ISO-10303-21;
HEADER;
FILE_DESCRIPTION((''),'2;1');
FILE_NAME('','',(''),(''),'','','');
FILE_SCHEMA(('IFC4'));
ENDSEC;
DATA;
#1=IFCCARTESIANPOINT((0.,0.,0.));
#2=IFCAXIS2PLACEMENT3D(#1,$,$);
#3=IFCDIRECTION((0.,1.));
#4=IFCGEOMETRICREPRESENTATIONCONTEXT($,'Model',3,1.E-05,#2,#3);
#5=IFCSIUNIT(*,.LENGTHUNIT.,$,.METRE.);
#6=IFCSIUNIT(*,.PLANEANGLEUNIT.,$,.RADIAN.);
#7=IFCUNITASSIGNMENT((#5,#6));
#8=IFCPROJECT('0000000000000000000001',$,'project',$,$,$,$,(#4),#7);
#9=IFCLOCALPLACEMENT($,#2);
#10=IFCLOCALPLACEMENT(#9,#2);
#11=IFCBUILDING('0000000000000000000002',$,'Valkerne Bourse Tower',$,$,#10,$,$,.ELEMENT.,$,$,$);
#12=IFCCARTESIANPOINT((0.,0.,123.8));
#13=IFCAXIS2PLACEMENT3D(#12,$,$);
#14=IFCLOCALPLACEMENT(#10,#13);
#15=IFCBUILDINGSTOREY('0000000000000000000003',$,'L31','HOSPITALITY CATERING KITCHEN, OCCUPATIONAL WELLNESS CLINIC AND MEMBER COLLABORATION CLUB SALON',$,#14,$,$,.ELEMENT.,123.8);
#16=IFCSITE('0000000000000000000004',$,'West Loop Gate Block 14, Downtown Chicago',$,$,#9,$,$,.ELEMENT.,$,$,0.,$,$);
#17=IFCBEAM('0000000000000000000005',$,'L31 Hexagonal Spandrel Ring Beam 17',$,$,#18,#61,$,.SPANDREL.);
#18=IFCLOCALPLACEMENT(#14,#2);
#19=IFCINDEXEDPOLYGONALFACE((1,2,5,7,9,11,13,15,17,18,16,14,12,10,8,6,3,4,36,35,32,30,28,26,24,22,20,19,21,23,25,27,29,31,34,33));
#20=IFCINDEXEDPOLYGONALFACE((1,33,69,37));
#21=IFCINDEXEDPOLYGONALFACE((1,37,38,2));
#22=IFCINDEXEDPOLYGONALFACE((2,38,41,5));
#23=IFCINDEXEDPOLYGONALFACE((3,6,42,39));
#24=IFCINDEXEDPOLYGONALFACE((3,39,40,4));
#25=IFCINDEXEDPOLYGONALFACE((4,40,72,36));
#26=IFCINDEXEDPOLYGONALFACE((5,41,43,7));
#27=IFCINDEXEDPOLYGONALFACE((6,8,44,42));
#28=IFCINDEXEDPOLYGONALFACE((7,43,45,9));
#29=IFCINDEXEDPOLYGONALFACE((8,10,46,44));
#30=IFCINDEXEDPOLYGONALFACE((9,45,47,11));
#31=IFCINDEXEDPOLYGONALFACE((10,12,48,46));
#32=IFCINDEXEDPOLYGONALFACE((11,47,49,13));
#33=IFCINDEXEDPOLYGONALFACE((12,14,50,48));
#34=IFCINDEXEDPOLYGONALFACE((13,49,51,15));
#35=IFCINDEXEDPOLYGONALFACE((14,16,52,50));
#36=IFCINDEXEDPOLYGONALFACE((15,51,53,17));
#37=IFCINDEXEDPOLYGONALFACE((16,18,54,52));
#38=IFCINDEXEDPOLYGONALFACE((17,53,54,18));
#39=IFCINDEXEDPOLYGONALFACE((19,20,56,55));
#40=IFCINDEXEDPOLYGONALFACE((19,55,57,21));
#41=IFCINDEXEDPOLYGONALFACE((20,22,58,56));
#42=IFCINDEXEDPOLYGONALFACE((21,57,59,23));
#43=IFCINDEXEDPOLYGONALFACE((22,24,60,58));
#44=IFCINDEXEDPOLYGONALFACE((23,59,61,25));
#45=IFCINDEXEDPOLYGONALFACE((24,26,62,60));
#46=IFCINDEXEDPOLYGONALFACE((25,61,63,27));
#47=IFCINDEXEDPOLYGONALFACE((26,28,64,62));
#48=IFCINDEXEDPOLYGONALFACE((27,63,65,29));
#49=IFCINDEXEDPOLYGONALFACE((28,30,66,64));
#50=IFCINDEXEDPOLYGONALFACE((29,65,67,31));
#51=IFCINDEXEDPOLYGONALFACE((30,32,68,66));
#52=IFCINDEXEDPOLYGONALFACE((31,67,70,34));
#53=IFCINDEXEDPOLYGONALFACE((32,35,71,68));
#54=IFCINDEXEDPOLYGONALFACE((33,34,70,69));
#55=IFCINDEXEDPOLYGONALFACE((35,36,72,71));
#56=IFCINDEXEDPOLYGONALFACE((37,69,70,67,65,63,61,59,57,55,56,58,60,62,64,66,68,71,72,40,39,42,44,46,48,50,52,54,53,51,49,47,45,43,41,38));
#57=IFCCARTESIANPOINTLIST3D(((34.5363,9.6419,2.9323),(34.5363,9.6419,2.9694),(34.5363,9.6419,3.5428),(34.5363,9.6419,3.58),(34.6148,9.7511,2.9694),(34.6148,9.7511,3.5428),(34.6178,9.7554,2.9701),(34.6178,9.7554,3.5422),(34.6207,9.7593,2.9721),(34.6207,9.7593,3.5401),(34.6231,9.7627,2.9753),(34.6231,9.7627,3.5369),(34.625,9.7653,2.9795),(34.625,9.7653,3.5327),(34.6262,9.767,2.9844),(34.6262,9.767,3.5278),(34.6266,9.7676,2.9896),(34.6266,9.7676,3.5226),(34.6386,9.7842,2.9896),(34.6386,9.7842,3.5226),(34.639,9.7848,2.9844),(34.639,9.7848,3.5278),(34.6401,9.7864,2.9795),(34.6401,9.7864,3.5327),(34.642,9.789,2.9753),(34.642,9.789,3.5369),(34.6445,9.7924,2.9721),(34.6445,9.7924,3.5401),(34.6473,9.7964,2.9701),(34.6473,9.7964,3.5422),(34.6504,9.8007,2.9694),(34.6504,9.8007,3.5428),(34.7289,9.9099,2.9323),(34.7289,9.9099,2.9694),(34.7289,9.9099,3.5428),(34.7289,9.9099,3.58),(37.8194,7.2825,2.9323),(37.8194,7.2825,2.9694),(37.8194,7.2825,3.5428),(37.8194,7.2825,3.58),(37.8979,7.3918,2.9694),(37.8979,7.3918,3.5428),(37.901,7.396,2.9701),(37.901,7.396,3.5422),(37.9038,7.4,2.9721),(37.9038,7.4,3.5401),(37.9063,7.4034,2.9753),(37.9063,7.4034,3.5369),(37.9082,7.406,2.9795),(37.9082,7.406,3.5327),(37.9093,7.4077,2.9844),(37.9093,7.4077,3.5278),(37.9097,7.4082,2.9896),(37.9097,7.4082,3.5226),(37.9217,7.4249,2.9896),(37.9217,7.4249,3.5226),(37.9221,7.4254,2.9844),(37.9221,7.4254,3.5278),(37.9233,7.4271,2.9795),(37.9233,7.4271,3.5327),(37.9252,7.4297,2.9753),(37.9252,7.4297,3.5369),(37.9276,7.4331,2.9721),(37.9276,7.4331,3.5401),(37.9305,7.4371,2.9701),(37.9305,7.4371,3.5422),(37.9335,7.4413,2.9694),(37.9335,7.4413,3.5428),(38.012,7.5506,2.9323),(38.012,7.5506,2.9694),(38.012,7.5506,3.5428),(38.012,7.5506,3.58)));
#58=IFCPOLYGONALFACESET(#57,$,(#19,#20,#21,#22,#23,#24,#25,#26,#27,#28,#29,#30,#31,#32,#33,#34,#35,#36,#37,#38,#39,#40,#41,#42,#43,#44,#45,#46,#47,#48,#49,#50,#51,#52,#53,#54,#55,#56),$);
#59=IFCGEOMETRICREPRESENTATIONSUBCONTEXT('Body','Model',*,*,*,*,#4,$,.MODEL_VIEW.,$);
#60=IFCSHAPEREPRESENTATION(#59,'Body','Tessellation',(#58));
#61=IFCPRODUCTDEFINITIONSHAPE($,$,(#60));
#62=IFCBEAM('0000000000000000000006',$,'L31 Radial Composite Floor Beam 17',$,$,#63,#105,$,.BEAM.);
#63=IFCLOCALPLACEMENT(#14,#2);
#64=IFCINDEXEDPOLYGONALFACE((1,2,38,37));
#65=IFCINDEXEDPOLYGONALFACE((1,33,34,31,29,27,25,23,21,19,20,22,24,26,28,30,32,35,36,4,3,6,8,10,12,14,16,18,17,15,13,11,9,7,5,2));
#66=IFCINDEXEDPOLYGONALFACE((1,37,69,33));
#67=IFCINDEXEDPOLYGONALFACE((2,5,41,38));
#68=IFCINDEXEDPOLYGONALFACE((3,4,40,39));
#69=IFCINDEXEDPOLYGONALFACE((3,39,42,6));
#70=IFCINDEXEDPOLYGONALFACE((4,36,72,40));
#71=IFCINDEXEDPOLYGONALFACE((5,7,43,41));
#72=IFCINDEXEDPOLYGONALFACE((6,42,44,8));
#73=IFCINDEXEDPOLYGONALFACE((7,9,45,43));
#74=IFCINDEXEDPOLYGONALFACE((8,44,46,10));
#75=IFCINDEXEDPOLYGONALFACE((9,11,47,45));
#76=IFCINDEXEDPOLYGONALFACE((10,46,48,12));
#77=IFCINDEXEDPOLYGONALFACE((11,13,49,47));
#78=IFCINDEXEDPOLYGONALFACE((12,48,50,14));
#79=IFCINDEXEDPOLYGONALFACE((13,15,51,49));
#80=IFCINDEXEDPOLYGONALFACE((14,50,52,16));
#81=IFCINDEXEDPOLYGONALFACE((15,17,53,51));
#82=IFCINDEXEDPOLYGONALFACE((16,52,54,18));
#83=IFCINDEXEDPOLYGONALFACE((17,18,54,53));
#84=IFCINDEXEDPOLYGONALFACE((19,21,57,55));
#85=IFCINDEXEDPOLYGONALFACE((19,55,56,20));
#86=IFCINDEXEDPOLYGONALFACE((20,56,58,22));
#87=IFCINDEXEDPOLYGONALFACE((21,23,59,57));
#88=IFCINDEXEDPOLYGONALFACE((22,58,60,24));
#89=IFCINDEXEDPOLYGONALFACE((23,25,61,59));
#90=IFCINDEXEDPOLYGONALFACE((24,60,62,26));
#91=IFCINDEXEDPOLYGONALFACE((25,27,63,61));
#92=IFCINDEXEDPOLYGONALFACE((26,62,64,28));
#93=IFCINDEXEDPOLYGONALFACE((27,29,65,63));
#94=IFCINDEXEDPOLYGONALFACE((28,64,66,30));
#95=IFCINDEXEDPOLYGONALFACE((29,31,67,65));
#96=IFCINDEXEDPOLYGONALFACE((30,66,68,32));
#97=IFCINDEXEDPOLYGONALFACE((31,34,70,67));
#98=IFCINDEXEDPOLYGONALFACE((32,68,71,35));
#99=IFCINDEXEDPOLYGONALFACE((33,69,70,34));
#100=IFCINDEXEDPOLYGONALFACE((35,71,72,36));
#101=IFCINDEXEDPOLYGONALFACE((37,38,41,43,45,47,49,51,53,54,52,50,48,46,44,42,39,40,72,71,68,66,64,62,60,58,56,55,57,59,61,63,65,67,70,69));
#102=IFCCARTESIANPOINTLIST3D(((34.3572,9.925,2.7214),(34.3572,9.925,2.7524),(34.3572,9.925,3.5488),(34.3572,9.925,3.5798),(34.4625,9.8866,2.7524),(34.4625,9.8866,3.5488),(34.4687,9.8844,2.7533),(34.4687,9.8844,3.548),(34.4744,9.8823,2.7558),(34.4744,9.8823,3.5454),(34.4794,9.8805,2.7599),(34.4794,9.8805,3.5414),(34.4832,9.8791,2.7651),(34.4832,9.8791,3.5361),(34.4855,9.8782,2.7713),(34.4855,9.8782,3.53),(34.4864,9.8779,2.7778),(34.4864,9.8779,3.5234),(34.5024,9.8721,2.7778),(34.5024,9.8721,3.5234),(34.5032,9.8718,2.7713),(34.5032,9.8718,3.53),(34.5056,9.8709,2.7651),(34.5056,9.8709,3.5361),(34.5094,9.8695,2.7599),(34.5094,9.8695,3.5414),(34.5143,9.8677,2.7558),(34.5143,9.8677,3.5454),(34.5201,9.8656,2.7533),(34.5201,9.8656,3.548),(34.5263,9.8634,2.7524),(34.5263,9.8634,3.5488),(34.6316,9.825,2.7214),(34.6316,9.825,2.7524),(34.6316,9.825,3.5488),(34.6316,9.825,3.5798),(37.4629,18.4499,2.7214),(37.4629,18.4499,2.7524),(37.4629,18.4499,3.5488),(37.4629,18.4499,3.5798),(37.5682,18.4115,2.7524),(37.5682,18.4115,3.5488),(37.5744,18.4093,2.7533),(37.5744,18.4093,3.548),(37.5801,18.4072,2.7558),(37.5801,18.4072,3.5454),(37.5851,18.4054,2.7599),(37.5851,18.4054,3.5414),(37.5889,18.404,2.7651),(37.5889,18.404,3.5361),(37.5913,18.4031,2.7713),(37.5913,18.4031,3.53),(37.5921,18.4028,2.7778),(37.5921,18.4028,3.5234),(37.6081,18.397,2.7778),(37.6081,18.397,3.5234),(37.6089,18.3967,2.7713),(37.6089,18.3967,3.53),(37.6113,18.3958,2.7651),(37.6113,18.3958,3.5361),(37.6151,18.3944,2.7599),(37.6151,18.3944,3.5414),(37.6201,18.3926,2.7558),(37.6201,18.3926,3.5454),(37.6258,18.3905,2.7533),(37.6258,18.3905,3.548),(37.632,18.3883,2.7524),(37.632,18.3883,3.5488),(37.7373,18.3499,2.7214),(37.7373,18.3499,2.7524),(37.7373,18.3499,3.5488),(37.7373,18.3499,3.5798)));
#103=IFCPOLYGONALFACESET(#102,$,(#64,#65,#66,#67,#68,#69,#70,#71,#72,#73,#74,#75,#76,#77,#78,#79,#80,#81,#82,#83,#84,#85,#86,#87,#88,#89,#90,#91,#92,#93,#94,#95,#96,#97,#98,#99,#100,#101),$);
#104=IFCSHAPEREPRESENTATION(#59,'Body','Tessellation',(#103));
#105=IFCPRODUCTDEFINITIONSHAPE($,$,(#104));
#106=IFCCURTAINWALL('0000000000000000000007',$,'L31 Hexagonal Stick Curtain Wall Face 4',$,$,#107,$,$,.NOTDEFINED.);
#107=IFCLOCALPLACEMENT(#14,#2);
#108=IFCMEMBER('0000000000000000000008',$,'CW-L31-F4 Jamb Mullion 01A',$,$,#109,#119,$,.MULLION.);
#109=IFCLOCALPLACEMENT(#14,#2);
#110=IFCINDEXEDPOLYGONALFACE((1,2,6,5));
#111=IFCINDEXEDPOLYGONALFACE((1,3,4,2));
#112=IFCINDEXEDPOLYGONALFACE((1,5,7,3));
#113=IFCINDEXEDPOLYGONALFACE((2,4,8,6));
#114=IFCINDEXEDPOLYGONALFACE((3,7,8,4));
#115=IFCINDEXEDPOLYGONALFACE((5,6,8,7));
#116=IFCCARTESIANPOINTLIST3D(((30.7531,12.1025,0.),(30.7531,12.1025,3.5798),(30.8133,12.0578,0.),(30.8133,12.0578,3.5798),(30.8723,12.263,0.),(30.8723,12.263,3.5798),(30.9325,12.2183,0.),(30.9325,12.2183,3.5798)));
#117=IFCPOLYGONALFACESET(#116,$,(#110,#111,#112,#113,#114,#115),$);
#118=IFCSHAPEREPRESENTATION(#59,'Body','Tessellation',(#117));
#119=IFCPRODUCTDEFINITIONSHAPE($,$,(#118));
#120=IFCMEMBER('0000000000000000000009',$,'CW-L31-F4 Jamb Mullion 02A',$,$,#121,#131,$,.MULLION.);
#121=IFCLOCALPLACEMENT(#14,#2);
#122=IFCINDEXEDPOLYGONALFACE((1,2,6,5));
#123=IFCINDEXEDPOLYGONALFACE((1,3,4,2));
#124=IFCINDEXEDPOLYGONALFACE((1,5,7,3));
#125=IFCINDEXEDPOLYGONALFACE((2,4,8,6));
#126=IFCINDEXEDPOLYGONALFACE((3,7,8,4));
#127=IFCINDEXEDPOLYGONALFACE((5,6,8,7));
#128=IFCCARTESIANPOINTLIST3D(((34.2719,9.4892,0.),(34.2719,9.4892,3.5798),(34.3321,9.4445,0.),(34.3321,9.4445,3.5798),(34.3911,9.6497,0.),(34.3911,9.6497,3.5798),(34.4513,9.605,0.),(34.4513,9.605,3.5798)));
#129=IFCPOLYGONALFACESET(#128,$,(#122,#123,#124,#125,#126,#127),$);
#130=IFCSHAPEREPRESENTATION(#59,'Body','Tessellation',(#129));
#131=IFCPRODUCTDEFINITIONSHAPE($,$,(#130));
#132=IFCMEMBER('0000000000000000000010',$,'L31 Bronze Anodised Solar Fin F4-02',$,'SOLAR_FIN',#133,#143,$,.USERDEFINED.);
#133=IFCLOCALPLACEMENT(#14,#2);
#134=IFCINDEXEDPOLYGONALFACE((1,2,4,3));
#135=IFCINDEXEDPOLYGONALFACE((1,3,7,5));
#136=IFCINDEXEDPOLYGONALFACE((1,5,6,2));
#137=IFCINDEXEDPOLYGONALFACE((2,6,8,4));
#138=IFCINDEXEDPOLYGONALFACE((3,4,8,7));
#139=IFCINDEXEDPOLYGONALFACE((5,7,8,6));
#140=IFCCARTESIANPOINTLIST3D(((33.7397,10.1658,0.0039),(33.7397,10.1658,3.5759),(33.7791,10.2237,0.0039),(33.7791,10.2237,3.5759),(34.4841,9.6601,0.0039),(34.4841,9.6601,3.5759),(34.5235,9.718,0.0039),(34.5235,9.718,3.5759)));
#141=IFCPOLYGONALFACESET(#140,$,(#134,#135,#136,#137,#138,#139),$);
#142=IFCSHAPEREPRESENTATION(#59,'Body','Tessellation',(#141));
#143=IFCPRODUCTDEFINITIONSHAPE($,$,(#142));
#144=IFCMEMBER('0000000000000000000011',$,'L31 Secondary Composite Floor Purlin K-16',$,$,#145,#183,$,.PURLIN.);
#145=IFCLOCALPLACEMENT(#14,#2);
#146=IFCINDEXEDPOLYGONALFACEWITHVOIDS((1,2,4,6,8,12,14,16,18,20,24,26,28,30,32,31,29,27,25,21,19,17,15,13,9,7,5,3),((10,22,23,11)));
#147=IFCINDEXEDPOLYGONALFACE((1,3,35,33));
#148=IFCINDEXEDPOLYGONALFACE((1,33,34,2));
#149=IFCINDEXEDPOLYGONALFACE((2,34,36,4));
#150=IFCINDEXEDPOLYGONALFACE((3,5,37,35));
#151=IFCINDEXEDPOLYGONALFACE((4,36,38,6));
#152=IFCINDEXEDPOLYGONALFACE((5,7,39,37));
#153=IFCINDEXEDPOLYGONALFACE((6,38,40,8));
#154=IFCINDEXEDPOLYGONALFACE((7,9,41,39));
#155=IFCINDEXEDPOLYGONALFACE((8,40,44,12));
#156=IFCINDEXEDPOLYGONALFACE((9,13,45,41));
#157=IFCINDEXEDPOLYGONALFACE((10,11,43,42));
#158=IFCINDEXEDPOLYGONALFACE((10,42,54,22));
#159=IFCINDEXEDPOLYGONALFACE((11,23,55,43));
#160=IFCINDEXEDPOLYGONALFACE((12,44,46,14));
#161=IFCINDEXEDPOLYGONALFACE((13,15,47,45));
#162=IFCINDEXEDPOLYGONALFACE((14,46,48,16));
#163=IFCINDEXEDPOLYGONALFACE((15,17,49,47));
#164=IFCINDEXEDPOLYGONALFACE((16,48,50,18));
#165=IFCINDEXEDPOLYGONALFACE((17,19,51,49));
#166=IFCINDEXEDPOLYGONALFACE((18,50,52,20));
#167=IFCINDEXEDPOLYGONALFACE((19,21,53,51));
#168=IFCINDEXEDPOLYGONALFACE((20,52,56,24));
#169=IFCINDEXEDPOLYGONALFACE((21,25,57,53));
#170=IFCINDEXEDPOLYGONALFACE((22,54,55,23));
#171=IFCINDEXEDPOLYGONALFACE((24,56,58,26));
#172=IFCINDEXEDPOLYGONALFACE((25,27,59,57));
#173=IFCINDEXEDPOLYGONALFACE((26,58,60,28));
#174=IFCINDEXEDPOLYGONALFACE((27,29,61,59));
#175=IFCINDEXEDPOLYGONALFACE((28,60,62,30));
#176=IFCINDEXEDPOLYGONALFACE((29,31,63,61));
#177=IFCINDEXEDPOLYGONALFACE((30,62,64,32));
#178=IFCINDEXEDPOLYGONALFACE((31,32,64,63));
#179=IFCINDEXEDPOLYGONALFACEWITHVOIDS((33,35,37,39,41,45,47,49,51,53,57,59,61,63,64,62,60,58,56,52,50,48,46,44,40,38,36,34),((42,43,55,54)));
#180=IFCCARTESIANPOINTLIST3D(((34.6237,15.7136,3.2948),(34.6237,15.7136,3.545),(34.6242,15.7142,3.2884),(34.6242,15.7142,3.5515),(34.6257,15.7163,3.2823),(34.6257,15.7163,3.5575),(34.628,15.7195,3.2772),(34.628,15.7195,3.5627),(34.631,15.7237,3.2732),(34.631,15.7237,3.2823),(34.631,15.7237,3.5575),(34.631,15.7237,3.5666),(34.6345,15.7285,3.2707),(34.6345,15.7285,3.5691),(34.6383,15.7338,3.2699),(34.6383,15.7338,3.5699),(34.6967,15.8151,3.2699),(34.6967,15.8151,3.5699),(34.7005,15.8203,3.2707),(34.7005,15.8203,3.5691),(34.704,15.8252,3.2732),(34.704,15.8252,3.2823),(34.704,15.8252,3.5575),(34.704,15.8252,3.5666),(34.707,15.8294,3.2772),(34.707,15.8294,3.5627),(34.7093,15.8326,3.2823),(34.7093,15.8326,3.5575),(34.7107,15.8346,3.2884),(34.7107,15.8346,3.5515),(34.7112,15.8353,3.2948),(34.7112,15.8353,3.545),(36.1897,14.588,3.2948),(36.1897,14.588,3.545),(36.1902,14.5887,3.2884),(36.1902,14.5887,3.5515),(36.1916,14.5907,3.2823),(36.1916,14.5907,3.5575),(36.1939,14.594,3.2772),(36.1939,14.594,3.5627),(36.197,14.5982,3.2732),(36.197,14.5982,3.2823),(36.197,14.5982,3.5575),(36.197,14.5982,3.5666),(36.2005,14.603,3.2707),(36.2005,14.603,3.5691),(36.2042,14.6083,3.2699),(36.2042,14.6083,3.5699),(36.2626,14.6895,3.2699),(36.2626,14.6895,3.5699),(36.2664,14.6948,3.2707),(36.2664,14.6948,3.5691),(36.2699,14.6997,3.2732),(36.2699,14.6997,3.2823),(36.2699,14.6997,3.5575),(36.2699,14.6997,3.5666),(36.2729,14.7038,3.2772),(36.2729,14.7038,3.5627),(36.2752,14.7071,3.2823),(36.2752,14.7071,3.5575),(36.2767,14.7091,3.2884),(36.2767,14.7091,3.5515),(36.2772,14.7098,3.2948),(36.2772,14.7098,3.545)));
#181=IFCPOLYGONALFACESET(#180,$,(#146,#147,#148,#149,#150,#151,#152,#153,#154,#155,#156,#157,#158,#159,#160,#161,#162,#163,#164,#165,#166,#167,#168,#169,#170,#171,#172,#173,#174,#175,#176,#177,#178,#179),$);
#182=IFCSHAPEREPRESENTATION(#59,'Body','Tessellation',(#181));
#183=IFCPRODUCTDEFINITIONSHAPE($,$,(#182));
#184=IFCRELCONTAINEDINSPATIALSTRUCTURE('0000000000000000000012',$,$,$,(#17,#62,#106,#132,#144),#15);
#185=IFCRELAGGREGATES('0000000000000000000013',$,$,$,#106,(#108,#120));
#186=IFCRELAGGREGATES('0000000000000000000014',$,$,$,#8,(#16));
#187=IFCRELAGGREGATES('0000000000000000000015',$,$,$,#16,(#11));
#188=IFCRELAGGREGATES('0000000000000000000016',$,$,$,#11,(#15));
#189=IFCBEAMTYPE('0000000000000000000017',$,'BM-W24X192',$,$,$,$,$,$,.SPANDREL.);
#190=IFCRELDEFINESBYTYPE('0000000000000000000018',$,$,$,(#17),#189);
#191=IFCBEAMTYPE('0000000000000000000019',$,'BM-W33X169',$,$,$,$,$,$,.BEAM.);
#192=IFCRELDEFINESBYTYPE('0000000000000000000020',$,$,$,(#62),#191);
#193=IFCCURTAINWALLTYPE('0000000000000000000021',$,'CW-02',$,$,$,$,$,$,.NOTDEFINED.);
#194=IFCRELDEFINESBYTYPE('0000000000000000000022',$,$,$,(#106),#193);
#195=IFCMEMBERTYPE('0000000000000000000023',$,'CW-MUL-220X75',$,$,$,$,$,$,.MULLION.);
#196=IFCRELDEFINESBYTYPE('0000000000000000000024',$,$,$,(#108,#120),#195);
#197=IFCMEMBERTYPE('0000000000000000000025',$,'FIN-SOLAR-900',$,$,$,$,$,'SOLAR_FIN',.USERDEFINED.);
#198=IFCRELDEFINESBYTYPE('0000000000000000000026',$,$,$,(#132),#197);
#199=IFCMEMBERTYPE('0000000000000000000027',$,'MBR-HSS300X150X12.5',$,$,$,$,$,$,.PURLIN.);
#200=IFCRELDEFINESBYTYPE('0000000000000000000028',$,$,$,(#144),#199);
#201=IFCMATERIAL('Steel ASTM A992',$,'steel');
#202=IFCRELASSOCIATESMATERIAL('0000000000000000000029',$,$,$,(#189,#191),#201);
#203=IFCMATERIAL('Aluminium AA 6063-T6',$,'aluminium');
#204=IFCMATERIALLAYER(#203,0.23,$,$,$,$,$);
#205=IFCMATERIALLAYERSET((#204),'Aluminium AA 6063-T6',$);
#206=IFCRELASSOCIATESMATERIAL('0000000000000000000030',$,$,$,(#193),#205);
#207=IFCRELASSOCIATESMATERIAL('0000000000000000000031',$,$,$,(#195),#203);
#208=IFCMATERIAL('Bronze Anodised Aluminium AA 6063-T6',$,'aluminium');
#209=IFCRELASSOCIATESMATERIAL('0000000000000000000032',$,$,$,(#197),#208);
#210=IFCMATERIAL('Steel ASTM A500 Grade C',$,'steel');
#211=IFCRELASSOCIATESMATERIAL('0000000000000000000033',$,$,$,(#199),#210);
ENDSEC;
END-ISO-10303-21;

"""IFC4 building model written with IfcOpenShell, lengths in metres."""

from ifc_helpers import new_model, si_unit, direction, frame, origin, origin_2d, place, context, subcontext, project, spatial, rectangle, hollow_rectangle, i_section, extrude, material, layer, layer_set, material_profile, profile_set, type_object, element, aggregate, save


model = new_model("IFC4")

# Units and contexts
model_context = context("Model", 3, precision=1e-05, world=origin(), true_north=direction((0.0, 1.0)))
body_context = subcontext(model_context, "Body", "Model", "MODEL_VIEW")
ifc_project = project(units=[si_unit("LENGTHUNIT", "METRE"), si_unit("PLANEANGLEUNIT", "RADIAN")], contexts=[model_context])

# Site, building, storey
site_placement = place(None, origin())
site = spatial("IfcSite", under=ifc_project, at=site_placement, Name="West Loop Gate Block 14, Downtown Chicago", CompositionType="ELEMENT", RefElevation=0.0)
building_placement = place(site_placement, origin())
building = spatial("IfcBuilding", under=site, at=building_placement, Name="Valkerne Bourse Tower", CompositionType="ELEMENT")
storey_placement = place(building_placement, frame((0.0, 0.0, 123.8)))
storey = spatial("IfcBuildingStorey", under=building, at=storey_placement, Name="L31", Description="HOSPITALITY CATERING KITCHEN, OCCUPATIONAL WELLNESS CLINIC AND MEMBER COLLABORATION CLUB SALON", CompositionType="ELEMENT", Elevation=123.8)

# Beams
ifc_material_1 = material(Name="Steel ASTM A992", Category="steel")
ifc_material_profile_1 = material_profile(ifc_material_1, i_section(OverallWidth=0.3301, OverallDepth=0.6477, WebThickness=0.0205, FlangeThickness=0.0371, FilletRadius=0.0203, at=origin_2d()), Name="W24X192")
ifc_profile_set_1 = profile_set([ifc_material_profile_1], Name="Steel ASTM A992")
beam_type_1 = type_object("IfcBeamType", Name="BM-W24X192", PredefinedType="SPANDREL", material=ifc_profile_set_1)
beam_1_placement = place(storey_placement, frame((34.6326, 9.7759, 3.2561), z_axis=(0.812065, -0.583566, 0.0), x_axis=(0.583566, 0.812065, 0.0)))
element("IfcBeam", 1, at=beam_1_placement, inside=storey, type_object=beam_type_1, Name="L31 Hexagonal Spandrel Ring Beam 17", PredefinedType="SPANDREL", context=body_context, shape_type="SweptSolid", body=[
    extrude(i_section(OverallWidth=0.3301, OverallDepth=0.6477, WebThickness=0.0205, FlangeThickness=0.0371, FilletRadius=0.0203, at=origin_2d()), origin(), (0.0, 0.0, 1.0), 4.043),
])
ifc_material_profile_2 = material_profile(ifc_material_1, i_section(OverallWidth=0.292, OverallDepth=0.8584, WebThickness=0.0171, FlangeThickness=0.031, FilletRadius=0.0254, at=origin_2d()), Name="W33X169")
ifc_profile_set_2 = profile_set([ifc_material_profile_2], Name="Steel ASTM A992")
beam_type_2 = type_object("IfcBeamType", Name="BM-W33X169", PredefinedType="BEAM", material=ifc_profile_set_2)
beam_2_placement = place(storey_placement, frame((34.4944, 9.875, 3.1506), z_axis=(0.342303, 0.93959, 0.0), x_axis=(-0.93959, 0.342303, 0.0)))
element("IfcBeam", 2, at=beam_2_placement, inside=storey, type_object=beam_type_2, Name="L31 Radial Composite Floor Beam 17", PredefinedType="BEAM", context=body_context, shape_type="SweptSolid", body=[
    extrude(i_section(OverallWidth=0.292, OverallDepth=0.8584, WebThickness=0.0171, FlangeThickness=0.031, FilletRadius=0.0254, at=origin_2d()), origin(), (0.0, 0.0, 1.0), 9.073),
])

# Curtain wall, members
ifc_material_2 = material(Name="Aluminium AA 6063-T6", Category="aluminium")
ifc_layer_1 = layer(ifc_material_2, 0.23)
ifc_layer_set_1 = layer_set([ifc_layer_1], Name="Aluminium AA 6063-T6")
curtain_wall_type = type_object("IfcCurtainWallType", Name="CW-02", PredefinedType="NOTDEFINED", material=ifc_layer_set_1)
curtain_wall_placement = place(storey_placement, origin())
curtain_wall = element("IfcCurtainWall", 3, at=curtain_wall_placement, inside=storey, type_object=curtain_wall_type, Name="L31 Hexagonal Stick Curtain Wall Face 4", PredefinedType="NOTDEFINED")
ifc_material_profile_3 = material_profile(ifc_material_2, rectangle(XDim=0.075, YDim=0.2, at=origin_2d()), Name="CWM-75X200")
ifc_profile_set_3 = profile_set([ifc_material_profile_3], Name="Aluminium AA 6063-T6")
member_type_1 = type_object("IfcMemberType", Name="CW-MUL-220X75", PredefinedType="MULLION", material=ifc_profile_set_3)
member_1_placement = place(storey_placement, frame((30.8428, 12.1604, 0.0), z_axis=(0.0, 0.0, 1.0), x_axis=(0.802817, -0.596226, 0.0)))
member_1 = element("IfcMember", 4, at=member_1_placement, type_object=member_type_1, Name="CW-L31-F4 Jamb Mullion 01A", PredefinedType="MULLION", context=body_context, shape_type="SweptSolid", body=[
    extrude(rectangle(XDim=0.075, YDim=0.2, at=origin_2d()), origin(), (0.0, 0.0, 1.0), 3.5798),
])
member_2_placement = place(storey_placement, frame((34.3616, 9.5471, 0.0), z_axis=(0.0, 0.0, 1.0), x_axis=(0.802819, -0.596222, 0.0)))
member_2 = element("IfcMember", 5, at=member_2_placement, type_object=member_type_1, Name="CW-L31-F4 Jamb Mullion 02A", PredefinedType="MULLION", context=body_context, shape_type="SweptSolid", body=[
    extrude(rectangle(XDim=0.075, YDim=0.2, at=origin_2d()), origin(), (0.0, 0.0, 1.0), 3.5798),
])

# Members
ifc_material_3 = material(Name="Bronze Anodised Aluminium AA 6063-T6", Category="aluminium")
ifc_material_profile_4 = material_profile(ifc_material_3, rectangle(XDim=0.0701, YDim=0.8999, at=origin_2d()), Name="FIN-70X900")
ifc_profile_set_4 = profile_set([ifc_material_profile_4], Name="Bronze Anodised Aluminium AA 6063-T6")
member_type_2 = type_object("IfcMemberType", Name="FIN-SOLAR-900", ElementType="SOLAR_FIN", PredefinedType="USERDEFINED", material=ifc_profile_set_4)
member_3_placement = place(storey_placement, frame((34.1316, 9.9419, 0.0039), z_axis=(0.0, 0.0, 1.0), x_axis=(-0.561979, -0.827152, 0.0)))
element("IfcMember", 6, at=member_3_placement, inside=storey, type_object=member_type_2, Name="L31 Bronze Anodised Solar Fin F4-02", ObjectType="SOLAR_FIN", PredefinedType="USERDEFINED", context=body_context, shape_type="SweptSolid", body=[
    extrude(rectangle(XDim=0.0701, YDim=0.8999, at=origin_2d()), origin(), (0.0, 0.0, 1.0), 3.572),
])
ifc_material_4 = material(Name="Steel ASTM A500 Grade C", Category="steel")
ifc_material_profile_5 = material_profile(ifc_material_4, hollow_rectangle(XDim=0.1499, YDim=0.3, WallThickness=0.0125, OuterFilletRadius=0.0249, at=origin_2d()), Name="HSS300X150X12.5")
ifc_profile_set_5 = profile_set([ifc_material_profile_5], Name="Steel ASTM A500 Grade C")
member_type_3 = type_object("IfcMemberType", Name="MBR-HSS300X150X12.5", PredefinedType="PURLIN", material=ifc_profile_set_5)
member_4_placement = place(storey_placement, frame((34.6675, 15.7744, 3.4199), z_axis=(0.812019, -0.583631, 0.0), x_axis=(0.583631, 0.812019, 0.0)))
element("IfcMember", 7, at=member_4_placement, inside=storey, type_object=member_type_3, Name="L31 Secondary Composite Floor Purlin K-16", PredefinedType="PURLIN", context=body_context, shape_type="SweptSolid", body=[
    extrude(hollow_rectangle(XDim=0.1499, YDim=0.3, WallThickness=0.0125, OuterFilletRadius=0.0249, at=origin_2d()), origin(), (0.0, 0.0, 1.0), 1.9285),
])

aggregate(curtain_wall, [member_1, member_2])

save(model, "model.ifc")
